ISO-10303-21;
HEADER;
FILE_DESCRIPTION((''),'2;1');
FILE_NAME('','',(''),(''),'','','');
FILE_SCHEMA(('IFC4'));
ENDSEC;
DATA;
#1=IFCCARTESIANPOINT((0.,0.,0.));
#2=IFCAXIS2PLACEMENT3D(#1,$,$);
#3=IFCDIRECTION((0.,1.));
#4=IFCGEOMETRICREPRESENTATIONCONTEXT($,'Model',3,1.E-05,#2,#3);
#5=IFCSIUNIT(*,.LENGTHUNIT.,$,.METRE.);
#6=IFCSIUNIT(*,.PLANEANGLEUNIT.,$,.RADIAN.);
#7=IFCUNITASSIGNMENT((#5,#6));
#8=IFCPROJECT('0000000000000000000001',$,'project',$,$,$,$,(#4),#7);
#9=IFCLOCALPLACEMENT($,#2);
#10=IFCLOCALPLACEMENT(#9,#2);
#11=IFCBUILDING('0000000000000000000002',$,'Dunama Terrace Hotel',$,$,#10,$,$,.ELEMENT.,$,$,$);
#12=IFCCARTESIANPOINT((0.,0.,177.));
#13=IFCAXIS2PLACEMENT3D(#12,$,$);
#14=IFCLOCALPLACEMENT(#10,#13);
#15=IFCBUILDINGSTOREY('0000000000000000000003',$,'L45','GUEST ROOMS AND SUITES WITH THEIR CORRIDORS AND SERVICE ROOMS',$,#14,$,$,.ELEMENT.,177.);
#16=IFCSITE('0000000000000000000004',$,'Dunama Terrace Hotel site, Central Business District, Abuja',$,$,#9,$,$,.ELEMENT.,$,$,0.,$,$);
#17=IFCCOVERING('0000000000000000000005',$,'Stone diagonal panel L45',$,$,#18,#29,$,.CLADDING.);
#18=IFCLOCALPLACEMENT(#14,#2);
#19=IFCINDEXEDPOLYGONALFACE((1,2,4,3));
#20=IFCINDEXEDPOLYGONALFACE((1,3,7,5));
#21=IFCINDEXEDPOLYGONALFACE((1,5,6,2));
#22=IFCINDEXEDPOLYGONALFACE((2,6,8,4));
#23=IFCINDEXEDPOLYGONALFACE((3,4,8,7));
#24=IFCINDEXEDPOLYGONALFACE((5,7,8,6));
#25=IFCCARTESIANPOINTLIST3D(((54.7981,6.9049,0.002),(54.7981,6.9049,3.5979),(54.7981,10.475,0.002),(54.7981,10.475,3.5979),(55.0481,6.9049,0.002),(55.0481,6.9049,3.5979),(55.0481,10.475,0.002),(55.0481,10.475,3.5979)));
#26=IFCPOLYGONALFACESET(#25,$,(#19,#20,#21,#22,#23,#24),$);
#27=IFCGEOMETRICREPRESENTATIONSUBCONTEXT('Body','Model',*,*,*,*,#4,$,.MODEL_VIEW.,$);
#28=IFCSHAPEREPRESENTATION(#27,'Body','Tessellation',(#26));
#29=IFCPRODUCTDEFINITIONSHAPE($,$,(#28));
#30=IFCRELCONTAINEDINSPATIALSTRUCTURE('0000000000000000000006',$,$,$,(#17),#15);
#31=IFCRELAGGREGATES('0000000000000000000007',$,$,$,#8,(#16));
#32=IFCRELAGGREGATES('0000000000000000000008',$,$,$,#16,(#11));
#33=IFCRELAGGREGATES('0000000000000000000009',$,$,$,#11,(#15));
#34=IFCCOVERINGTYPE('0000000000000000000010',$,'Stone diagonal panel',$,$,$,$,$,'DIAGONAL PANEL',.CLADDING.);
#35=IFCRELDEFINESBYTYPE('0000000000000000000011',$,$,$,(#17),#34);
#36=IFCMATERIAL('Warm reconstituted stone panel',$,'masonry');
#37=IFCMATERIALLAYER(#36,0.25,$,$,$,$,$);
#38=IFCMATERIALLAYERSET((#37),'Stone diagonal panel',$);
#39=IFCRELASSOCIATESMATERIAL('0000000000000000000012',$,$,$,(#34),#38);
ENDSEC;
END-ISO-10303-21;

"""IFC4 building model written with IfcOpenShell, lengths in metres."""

from ifc_helpers import new_model, si_unit, direction, frame, origin, origin_2d, place, context, subcontext, project, spatial, rectangle, extrude, material, layer, layer_set, type_object, element, save


model = new_model("IFC4")

# Units and contexts
model_context = context("Model", 3, precision=1e-05, world=origin(), true_north=direction((0.0, 1.0)))
body_context = subcontext(model_context, "Body", "Model", "MODEL_VIEW")
ifc_project = project(units=[si_unit("LENGTHUNIT", "METRE"), si_unit("PLANEANGLEUNIT", "RADIAN")], contexts=[model_context])

# Site, building, storey
site_placement = place(None, origin())
site = spatial("IfcSite", under=ifc_project, at=site_placement, Name="Dunama Terrace Hotel site, Central Business District, Abuja", CompositionType="ELEMENT", RefElevation=0.0)
building_placement = place(site_placement, origin())
building = spatial("IfcBuilding", under=site, at=building_placement, Name="Dunama Terrace Hotel", CompositionType="ELEMENT")
storey_placement = place(building_placement, frame((0.0, 0.0, 177.0)))
storey = spatial("IfcBuildingStorey", under=building, at=storey_placement, Name="L45", Description="GUEST ROOMS AND SUITES WITH THEIR CORRIDORS AND SERVICE ROOMS", CompositionType="ELEMENT", Elevation=177.0)

# Covering
ifc_material_1 = material(Name="Warm reconstituted stone panel", Category="masonry")
ifc_layer_1 = layer(ifc_material_1, 0.25)
ifc_layer_set_1 = layer_set([ifc_layer_1], Name="Stone diagonal panel")
covering_type = type_object("IfcCoveringType", Name="Stone diagonal panel", ElementType="DIAGONAL PANEL", PredefinedType="CLADDING", material=ifc_layer_set_1)
covering_1_placement = place(storey_placement, frame((54.9231, 8.6899, 0.002), z_axis=(0.0, 0.0, 1.0), x_axis=(0.0, 1.0, 0.0)))
element("IfcCovering", 1, at=covering_1_placement, inside=storey, type_object=covering_type, Name="Stone diagonal panel L45", PredefinedType="CLADDING", context=body_context, shape_type="SweptSolid", body=[
    extrude(rectangle(XDim=3.5701, YDim=0.25, at=origin_2d()), origin(), (0.0, 0.0, 1.0), 3.5959),
])

save(model, "model.ifc")
